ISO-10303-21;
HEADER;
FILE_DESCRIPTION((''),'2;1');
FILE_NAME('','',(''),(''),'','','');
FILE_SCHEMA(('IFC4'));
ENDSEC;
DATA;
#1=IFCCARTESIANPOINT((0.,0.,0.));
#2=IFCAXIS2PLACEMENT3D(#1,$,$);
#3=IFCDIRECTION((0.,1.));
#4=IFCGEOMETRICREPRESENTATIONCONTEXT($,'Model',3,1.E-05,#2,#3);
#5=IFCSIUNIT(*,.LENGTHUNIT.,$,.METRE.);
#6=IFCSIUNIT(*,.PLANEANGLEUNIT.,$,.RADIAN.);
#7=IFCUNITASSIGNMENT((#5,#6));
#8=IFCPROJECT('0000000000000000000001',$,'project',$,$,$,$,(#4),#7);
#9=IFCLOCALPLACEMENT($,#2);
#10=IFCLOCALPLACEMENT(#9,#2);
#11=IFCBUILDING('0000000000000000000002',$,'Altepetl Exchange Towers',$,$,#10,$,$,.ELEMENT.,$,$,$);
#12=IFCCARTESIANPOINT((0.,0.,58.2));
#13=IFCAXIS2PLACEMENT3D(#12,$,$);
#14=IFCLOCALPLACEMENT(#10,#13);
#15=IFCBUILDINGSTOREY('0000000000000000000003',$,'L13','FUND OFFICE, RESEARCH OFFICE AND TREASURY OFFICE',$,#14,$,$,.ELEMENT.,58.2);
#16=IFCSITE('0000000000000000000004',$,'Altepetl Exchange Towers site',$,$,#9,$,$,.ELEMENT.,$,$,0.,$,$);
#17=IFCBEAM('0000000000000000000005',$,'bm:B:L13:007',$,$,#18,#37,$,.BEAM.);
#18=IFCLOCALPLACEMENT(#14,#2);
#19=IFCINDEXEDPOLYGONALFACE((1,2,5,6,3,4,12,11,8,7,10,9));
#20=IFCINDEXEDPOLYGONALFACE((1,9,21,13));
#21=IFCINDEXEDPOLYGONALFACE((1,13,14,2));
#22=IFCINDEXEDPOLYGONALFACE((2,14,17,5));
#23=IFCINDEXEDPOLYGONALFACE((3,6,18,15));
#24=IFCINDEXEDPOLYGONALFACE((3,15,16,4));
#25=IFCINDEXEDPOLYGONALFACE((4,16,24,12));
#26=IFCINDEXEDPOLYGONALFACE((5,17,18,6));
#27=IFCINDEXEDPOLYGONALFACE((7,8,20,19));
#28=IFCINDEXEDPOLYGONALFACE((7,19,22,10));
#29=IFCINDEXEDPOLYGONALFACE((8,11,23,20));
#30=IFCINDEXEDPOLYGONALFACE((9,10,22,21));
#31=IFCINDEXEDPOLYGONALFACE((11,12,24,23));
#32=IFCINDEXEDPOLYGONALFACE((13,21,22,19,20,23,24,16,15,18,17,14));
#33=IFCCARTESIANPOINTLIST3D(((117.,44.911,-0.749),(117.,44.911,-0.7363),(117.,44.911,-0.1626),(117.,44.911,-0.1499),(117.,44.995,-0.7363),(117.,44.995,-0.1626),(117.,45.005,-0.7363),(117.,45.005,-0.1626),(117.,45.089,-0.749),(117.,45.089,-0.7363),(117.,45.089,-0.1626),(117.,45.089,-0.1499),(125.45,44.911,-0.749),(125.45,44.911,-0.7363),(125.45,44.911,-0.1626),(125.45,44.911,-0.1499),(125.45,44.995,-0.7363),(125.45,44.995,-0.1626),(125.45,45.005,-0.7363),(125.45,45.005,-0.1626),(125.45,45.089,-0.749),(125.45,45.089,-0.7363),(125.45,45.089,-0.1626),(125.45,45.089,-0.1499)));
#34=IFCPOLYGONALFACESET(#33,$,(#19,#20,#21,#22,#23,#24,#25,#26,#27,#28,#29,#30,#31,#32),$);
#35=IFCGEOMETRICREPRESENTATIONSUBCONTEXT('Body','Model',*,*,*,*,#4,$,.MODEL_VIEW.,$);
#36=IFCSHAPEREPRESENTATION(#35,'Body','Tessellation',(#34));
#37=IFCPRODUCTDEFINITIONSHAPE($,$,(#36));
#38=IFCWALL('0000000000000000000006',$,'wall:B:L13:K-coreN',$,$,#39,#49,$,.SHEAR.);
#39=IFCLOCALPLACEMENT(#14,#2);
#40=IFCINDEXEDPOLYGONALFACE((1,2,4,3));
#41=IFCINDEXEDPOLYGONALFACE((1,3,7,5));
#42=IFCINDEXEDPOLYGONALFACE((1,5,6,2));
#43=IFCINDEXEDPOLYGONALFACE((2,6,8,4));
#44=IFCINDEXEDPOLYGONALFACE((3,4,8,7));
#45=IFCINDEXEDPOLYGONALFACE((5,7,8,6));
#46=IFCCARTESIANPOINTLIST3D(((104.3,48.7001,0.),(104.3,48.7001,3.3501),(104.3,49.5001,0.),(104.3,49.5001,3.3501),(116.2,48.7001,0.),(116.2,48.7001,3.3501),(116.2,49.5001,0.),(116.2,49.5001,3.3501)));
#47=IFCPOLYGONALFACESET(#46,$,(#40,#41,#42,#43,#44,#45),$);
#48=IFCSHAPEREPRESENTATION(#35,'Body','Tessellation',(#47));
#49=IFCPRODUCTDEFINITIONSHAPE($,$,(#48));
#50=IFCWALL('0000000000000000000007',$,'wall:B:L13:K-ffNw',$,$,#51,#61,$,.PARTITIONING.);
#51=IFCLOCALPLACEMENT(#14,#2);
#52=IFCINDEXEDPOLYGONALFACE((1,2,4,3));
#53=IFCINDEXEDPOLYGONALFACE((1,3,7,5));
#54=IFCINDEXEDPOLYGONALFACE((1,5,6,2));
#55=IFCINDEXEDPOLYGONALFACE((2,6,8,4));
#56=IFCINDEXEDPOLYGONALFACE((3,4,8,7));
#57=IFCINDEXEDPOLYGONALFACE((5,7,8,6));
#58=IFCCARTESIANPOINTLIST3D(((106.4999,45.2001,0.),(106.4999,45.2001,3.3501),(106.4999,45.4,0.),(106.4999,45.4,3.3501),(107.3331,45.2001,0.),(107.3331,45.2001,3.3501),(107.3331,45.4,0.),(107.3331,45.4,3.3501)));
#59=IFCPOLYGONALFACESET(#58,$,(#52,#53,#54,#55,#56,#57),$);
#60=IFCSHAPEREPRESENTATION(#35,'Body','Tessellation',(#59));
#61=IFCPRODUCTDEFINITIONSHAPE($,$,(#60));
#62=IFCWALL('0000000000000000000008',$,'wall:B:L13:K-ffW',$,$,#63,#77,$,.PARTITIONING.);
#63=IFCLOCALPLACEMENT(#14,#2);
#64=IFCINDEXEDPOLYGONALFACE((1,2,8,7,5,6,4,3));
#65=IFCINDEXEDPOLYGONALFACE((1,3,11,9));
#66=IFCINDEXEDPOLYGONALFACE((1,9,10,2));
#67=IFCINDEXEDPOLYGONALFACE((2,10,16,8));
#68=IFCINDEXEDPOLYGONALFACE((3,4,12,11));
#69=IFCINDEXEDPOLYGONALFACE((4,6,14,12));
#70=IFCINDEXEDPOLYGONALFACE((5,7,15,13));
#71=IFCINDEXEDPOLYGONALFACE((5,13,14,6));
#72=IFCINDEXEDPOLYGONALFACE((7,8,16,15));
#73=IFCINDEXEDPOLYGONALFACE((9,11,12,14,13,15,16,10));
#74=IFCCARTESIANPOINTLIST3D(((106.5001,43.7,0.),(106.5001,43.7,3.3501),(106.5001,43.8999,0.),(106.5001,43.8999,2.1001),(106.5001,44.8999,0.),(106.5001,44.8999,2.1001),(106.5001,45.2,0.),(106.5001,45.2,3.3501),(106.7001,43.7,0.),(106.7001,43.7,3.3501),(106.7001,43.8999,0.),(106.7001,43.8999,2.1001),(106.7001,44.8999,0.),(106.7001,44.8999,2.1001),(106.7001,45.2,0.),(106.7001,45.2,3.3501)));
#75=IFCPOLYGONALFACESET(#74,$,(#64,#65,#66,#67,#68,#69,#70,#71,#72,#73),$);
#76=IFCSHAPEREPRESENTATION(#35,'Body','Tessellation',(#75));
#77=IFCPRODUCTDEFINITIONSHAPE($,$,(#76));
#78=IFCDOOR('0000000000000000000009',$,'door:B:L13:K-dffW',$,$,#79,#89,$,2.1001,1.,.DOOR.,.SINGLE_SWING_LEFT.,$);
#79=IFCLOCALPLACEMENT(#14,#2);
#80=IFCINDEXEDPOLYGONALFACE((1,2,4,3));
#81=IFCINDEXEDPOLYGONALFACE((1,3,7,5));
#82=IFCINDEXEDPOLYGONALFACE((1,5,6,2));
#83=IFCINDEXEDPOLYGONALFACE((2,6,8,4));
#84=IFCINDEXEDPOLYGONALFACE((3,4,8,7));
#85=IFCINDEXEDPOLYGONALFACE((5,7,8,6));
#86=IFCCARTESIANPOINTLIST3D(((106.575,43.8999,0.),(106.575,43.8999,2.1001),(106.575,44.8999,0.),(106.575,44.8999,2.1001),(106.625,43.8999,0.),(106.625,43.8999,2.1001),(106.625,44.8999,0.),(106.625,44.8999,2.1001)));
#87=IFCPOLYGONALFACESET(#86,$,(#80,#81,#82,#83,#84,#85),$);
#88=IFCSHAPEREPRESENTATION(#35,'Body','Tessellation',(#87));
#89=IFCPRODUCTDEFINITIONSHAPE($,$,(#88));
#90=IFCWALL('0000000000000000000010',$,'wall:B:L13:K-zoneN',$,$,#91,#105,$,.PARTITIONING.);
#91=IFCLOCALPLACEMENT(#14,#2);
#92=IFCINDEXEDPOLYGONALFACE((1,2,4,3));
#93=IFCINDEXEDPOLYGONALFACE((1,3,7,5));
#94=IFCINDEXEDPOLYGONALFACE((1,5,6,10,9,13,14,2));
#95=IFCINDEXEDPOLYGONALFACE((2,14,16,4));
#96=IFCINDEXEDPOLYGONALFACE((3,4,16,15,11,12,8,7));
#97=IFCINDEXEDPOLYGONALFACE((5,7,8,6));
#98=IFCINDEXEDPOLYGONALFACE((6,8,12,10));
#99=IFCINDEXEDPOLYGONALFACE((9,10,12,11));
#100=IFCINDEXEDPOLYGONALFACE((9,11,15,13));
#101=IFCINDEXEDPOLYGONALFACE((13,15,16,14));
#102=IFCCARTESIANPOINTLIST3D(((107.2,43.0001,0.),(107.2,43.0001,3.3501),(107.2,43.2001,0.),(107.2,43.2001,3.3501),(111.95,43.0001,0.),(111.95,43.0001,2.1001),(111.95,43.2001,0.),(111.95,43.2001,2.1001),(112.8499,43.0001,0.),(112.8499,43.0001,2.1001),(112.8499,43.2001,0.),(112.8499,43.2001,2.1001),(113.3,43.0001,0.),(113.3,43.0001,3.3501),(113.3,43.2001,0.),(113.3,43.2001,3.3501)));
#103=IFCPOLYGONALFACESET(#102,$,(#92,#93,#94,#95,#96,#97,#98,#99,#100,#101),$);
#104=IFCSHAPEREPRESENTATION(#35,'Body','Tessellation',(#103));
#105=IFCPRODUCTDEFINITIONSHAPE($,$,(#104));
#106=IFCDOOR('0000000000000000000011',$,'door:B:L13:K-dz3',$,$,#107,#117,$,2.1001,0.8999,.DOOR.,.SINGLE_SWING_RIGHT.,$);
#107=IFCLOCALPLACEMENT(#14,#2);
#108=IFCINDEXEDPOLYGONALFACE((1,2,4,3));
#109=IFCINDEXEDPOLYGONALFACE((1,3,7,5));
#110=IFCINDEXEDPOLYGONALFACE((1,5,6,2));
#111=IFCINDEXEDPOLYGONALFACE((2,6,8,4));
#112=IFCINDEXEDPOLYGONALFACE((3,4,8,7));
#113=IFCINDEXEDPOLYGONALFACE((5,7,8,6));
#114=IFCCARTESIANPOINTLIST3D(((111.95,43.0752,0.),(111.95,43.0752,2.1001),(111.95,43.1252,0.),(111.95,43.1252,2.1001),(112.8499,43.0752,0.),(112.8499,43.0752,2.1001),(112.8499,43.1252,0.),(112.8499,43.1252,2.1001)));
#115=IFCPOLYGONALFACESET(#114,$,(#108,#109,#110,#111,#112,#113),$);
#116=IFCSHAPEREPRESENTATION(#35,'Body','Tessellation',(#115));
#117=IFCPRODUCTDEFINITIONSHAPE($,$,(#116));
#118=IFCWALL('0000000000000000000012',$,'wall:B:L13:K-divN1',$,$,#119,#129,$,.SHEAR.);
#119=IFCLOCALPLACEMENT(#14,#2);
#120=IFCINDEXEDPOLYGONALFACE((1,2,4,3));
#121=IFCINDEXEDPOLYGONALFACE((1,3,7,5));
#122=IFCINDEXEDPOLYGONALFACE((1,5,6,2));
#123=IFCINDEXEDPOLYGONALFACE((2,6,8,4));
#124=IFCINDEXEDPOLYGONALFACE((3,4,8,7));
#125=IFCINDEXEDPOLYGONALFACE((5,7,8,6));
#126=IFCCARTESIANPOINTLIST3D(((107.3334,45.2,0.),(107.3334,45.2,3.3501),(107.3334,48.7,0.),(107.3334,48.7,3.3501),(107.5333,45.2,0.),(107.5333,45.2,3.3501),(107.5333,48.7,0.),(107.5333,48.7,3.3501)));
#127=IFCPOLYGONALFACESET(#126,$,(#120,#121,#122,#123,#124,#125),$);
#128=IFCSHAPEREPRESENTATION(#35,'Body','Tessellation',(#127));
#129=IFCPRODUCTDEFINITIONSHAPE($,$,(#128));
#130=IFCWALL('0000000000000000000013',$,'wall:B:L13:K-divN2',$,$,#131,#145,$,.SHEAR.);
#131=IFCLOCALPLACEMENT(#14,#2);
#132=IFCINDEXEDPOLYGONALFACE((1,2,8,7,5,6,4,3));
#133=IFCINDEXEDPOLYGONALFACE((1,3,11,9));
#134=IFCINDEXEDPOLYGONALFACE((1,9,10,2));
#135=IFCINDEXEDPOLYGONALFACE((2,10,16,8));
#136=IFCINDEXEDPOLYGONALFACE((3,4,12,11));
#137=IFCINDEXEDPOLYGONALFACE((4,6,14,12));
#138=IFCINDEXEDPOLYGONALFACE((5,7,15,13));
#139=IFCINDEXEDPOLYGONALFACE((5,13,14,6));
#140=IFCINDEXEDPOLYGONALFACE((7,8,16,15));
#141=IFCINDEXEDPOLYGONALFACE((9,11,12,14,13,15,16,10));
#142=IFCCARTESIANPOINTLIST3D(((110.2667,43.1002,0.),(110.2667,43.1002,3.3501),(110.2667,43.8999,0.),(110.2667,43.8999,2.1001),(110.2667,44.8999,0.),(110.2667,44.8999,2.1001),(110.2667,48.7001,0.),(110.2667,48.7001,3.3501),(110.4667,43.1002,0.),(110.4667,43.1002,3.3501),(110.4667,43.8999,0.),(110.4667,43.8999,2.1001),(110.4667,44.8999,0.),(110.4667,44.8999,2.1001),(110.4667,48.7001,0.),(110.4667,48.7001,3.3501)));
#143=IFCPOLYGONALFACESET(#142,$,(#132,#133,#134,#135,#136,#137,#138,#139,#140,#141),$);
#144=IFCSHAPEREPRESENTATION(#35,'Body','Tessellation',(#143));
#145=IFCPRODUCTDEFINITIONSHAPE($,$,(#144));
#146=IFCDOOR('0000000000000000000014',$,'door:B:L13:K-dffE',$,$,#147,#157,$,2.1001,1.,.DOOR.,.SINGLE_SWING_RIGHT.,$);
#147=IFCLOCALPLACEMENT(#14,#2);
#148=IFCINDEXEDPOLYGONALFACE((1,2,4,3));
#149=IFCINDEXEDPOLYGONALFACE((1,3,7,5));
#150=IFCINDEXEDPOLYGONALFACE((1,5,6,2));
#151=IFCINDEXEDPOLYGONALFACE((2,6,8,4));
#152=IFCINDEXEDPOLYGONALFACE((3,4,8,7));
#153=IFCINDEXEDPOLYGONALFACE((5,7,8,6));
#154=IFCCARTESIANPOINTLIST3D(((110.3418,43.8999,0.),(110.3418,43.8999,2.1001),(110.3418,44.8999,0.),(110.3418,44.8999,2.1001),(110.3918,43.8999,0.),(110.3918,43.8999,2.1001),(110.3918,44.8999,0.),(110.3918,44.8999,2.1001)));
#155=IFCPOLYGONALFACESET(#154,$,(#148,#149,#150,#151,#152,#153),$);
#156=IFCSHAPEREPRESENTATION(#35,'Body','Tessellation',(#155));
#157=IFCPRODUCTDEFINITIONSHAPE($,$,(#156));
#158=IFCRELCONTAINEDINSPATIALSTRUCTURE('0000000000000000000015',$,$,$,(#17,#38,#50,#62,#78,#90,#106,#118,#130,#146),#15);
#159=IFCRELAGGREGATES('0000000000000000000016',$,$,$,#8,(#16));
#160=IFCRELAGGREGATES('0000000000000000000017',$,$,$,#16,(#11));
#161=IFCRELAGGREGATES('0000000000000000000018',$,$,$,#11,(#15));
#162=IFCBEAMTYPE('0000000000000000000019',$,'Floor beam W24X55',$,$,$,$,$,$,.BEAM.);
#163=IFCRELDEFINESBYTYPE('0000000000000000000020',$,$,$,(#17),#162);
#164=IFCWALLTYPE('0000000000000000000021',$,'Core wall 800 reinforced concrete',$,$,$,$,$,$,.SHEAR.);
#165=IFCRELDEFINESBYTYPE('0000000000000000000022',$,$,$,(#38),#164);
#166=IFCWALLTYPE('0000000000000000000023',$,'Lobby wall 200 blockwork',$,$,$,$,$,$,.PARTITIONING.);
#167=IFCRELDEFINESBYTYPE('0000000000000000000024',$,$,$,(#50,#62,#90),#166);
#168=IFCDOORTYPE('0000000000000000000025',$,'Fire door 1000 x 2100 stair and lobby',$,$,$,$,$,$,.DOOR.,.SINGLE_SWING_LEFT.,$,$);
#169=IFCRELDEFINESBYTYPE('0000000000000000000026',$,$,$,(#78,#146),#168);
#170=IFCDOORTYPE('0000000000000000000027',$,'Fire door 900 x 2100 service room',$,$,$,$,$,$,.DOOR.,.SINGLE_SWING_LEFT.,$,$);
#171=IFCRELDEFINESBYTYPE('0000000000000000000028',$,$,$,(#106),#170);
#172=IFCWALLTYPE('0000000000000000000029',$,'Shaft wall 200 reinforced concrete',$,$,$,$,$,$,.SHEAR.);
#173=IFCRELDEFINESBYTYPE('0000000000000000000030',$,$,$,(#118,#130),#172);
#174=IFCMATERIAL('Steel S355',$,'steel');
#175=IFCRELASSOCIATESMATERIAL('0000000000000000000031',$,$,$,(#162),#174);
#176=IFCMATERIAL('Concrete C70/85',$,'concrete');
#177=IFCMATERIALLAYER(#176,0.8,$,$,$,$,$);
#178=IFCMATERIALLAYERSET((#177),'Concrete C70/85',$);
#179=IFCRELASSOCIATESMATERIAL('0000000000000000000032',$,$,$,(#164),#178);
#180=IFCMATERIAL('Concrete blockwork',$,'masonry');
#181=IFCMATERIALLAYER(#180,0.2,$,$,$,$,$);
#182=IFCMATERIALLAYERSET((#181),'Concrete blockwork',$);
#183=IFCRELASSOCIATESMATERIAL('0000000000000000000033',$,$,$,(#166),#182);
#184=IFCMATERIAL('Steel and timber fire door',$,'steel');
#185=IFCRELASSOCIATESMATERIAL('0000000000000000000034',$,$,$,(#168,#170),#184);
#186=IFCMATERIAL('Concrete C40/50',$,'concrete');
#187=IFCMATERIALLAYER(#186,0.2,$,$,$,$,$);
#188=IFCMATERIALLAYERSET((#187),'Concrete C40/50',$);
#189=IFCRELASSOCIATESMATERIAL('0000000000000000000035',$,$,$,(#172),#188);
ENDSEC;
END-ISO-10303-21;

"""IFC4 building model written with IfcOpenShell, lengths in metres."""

from ifc_helpers import new_model, si_unit, direction, frame, frame_2d, origin, origin_2d, place, context, subcontext, project, spatial, rectangle, i_section, extrude, material, layer, layer_set, material_profile, profile_set, type_object, element, fill, save


model = new_model("IFC4")

# Units and contexts
model_context = context("Model", 3, precision=1e-05, world=origin(), true_north=direction((0.0, 1.0)))
body_context = subcontext(model_context, "Body", "Model", "MODEL_VIEW")
ifc_project = project(units=[si_unit("LENGTHUNIT", "METRE"), si_unit("PLANEANGLEUNIT", "RADIAN")], contexts=[model_context])

# Site, building, storey
site_placement = place(None, origin())
site = spatial("IfcSite", under=ifc_project, at=site_placement, Name="Altepetl Exchange Towers site", CompositionType="ELEMENT", RefElevation=0.0)
building_placement = place(site_placement, origin())
building = spatial("IfcBuilding", under=site, at=building_placement, Name="Altepetl Exchange Towers", CompositionType="ELEMENT")
storey_placement = place(building_placement, frame((0.0, 0.0, 58.2)))
storey = spatial("IfcBuildingStorey", under=building, at=storey_placement, Name="L13", Description="FUND OFFICE, RESEARCH OFFICE AND TREASURY OFFICE", CompositionType="ELEMENT", Elevation=58.2)

# Beam
ifc_material_1 = material(Name="Steel S355", Category="steel")
ifc_material_profile = material_profile(ifc_material_1, i_section(OverallWidth=0.178, OverallDepth=0.5991, WebThickness=0.01, FlangeThickness=0.0127, at=origin_2d()), Name="W24X55")
ifc_profile_set = profile_set([ifc_material_profile], Name="Steel S355")
beam_type = type_object("IfcBeamType", Name="Floor beam W24X55", PredefinedType="BEAM", material=ifc_profile_set)
beam_placement = place(storey_placement, frame((117.0, 45.0, -0.4495), z_axis=(1.0, 0.0, 0.0), x_axis=(0.0, 1.0, 0.0)))
element("IfcBeam", 1, at=beam_placement, inside=storey, type_object=beam_type, Name="bm:B:L13:007", PredefinedType="BEAM", context=body_context, shape_type="SweptSolid", body=[
    extrude(i_section(OverallWidth=0.178, OverallDepth=0.5991, WebThickness=0.01, FlangeThickness=0.0127, at=origin_2d()), origin(), (0.0, 0.0, 1.0), 8.45),
])

# Walls
ifc_material_2 = material(Name="Concrete C70/85", Category="concrete")
ifc_layer_1 = layer(ifc_material_2, 0.8)
ifc_layer_set_1 = layer_set([ifc_layer_1], Name="Concrete C70/85")
wall_type_1 = type_object("IfcWallType", Name="Core wall 800 reinforced concrete", PredefinedType="SHEAR", material=ifc_layer_set_1)
wall_1_placement = place(storey_placement, frame((104.3, 49.1001, 0.0)))
element("IfcWall", 2, at=wall_1_placement, inside=storey, type_object=wall_type_1, Name="wall:B:L13:K-coreN", PredefinedType="SHEAR", context=body_context, shape_type="SweptSolid", body=[
    extrude(rectangle(XDim=11.8999, YDim=0.8, at=frame_2d((5.95, 0.0))), origin(), (0.0, 0.0, 1.0), 3.3501),
])
ifc_material_3 = material(Name="Concrete blockwork", Category="masonry")
ifc_layer_2 = layer(ifc_material_3, 0.2)
ifc_layer_set_2 = layer_set([ifc_layer_2], Name="Concrete blockwork")
wall_type_2 = type_object("IfcWallType", Name="Lobby wall 200 blockwork", PredefinedType="PARTITIONING", material=ifc_layer_set_2)
wall_2_placement = place(storey_placement, frame((106.5, 45.3, 0.0)))
element("IfcWall", 3, at=wall_2_placement, inside=storey, type_object=wall_type_2, Name="wall:B:L13:K-ffNw", PredefinedType="PARTITIONING", context=body_context, shape_type="SweptSolid", body=[
    extrude(rectangle(XDim=0.8333, YDim=0.2, at=frame_2d((0.4165, 0.0))), origin(), (0.0, 0.0, 1.0), 3.3501),
])

# Walls, openings, doors
wall_3_placement = place(storey_placement, frame((106.6001, 43.7, 0.0), z_axis=(0.0, 0.0, 1.0), x_axis=(0.0, 1.0, 0.0)))
wall_3 = element("IfcWall", 4, at=wall_3_placement, inside=storey, type_object=wall_type_2, Name="wall:B:L13:K-ffW", PredefinedType="PARTITIONING", context=body_context, shape_type="SweptSolid", body=[
    extrude(rectangle(XDim=1.5, YDim=0.2, at=frame_2d((0.75, 0.0))), origin(), (0.0, 0.0, 1.0), 3.3501),
])
opening_1_placement = place(wall_3_placement, frame((0.2, 0.0, 0.0)))
opening_1 = element("IfcOpeningElement", 5, at=opening_1_placement, cuts=wall_3, PredefinedType="OPENING", context=body_context, shape_type="SweptSolid", body=[
    extrude(rectangle(XDim=1.0, YDim=2.1001, at=frame_2d((0.5, 1.05))), frame((0.0, 0.1099, 0.0), z_axis=(0.0, -1.0, 0.0), x_axis=(1.0, 0.0, 0.0)), (0.0, 0.0, 1.0), 0.22),
])
ifc_material_4 = material(Name="Steel and timber fire door", Category="steel")
door_type_1 = type_object("IfcDoorType", Name="Fire door 1000 x 2100 stair and lobby", OperationType="SINGLE_SWING_LEFT", PredefinedType="DOOR", material=ifc_material_4)
door_1_placement = place(opening_1_placement, frame((1.0, 0.0, 0.0), x_axis=(-1.0, 0.0, 0.0)))
door_1 = element("IfcDoor", 6, at=door_1_placement, inside=storey, type_object=door_type_1, Name="door:B:L13:K-dffW", OperationType="SINGLE_SWING_LEFT", OverallHeight=2.1001, OverallWidth=1.0, PredefinedType="DOOR", context=body_context, shape_type="SweptSolid", body=[
    extrude(rectangle(XDim=1.0, YDim=2.1001, at=frame_2d((0.5, 1.05))), frame((0.0, 0.0249, 0.0), z_axis=(0.0, -1.0, 0.0), x_axis=(1.0, 0.0, 0.0)), (0.0, 0.0, 1.0), 0.05),
])
fill(opening_1, door_1)
wall_4_placement = place(storey_placement, frame((107.2, 43.1001, 0.0)))
wall_4 = element("IfcWall", 7, at=wall_4_placement, inside=storey, type_object=wall_type_2, Name="wall:B:L13:K-zoneN", PredefinedType="PARTITIONING", context=body_context, shape_type="SweptSolid", body=[
    extrude(rectangle(XDim=6.1001, YDim=0.2, at=frame_2d((3.05, 0.0))), origin(), (0.0, 0.0, 1.0), 3.3501),
])
opening_2_placement = place(wall_4_placement, frame((4.75, 0.0, 0.0)))
opening_2 = element("IfcOpeningElement", 8, at=opening_2_placement, cuts=wall_4, PredefinedType="OPENING", context=body_context, shape_type="SweptSolid", body=[
    extrude(rectangle(XDim=0.8999, YDim=2.1001, at=frame_2d((0.45, 1.05))), frame((0.0, 0.1099, 0.0), z_axis=(0.0, -1.0, 0.0), x_axis=(1.0, 0.0, 0.0)), (0.0, 0.0, 1.0), 0.22),
])
door_type_2 = type_object("IfcDoorType", Name="Fire door 900 x 2100 service room", OperationType="SINGLE_SWING_LEFT", PredefinedType="DOOR", material=ifc_material_4)
door_2_placement = place(opening_2_placement, frame((0.8999, 0.0, 0.0), x_axis=(-1.0, 0.0, 0.0)))
door_2 = element("IfcDoor", 9, at=door_2_placement, inside=storey, type_object=door_type_2, Name="door:B:L13:K-dz3", OperationType="SINGLE_SWING_RIGHT", OverallHeight=2.1001, OverallWidth=0.8999, PredefinedType="DOOR", context=body_context, shape_type="SweptSolid", body=[
    extrude(rectangle(XDim=0.8999, YDim=2.1001, at=frame_2d((0.45, 1.05))), frame((0.0, 0.0249, 0.0), z_axis=(0.0, -1.0, 0.0), x_axis=(1.0, 0.0, 0.0)), (0.0, 0.0, 1.0), 0.05),
])
fill(opening_2, door_2)

# Wall
ifc_material_5 = material(Name="Concrete C40/50", Category="concrete")
ifc_layer_3 = layer(ifc_material_5, 0.2)
ifc_layer_set_3 = layer_set([ifc_layer_3], Name="Concrete C40/50")
wall_type_3 = type_object("IfcWallType", Name="Shaft wall 200 reinforced concrete", PredefinedType="SHEAR", material=ifc_layer_set_3)
wall_5_placement = place(storey_placement, frame((107.4333, 48.7, 0.0), z_axis=(0.0, 0.0, 1.0), x_axis=(0.0, -1.0, 0.0)))
element("IfcWall", 10, at=wall_5_placement, inside=storey, type_object=wall_type_3, Name="wall:B:L13:K-divN1", PredefinedType="SHEAR", context=body_context, shape_type="SweptSolid", body=[
    extrude(rectangle(XDim=3.5, YDim=0.2, at=frame_2d((1.75, 0.0))), origin(), (0.0, 0.0, 1.0), 3.3501),
])

# Wall, opening, door
wall_6_placement = place(storey_placement, frame((110.3667, 48.7, 0.0), z_axis=(0.0, 0.0, 1.0), x_axis=(0.0, -1.0, 0.0)))
wall_6 = element("IfcWall", 11, at=wall_6_placement, inside=storey, type_object=wall_type_3, Name="wall:B:L13:K-divN2", PredefinedType="SHEAR", context=body_context, shape_type="SweptSolid", body=[
    extrude(rectangle(XDim=5.5999, YDim=0.2, at=frame_2d((2.7998, 0.0))), origin(), (0.0, 0.0, 1.0), 3.3501),
])
opening_3_placement = place(wall_6_placement, frame((3.8, 0.0, 0.0)))
opening_3 = element("IfcOpeningElement", 12, at=opening_3_placement, cuts=wall_6, PredefinedType="OPENING", context=body_context, shape_type="SweptSolid", body=[
    extrude(rectangle(XDim=1.0, YDim=2.1001, at=frame_2d((0.5, 1.05))), frame((0.0, 0.1099, 0.0), z_axis=(0.0, -1.0, 0.0), x_axis=(1.0, 0.0, 0.0)), (0.0, 0.0, 1.0), 0.22),
])
door_3_placement = place(opening_3_placement, frame((1.0, 0.0, 0.0), x_axis=(-1.0, 0.0, 0.0)))
door_3 = element("IfcDoor", 13, at=door_3_placement, inside=storey, type_object=door_type_1, Name="door:B:L13:K-dffE", OperationType="SINGLE_SWING_RIGHT", OverallHeight=2.1001, OverallWidth=1.0, PredefinedType="DOOR", context=body_context, shape_type="SweptSolid", body=[
    extrude(rectangle(XDim=1.0, YDim=2.1001, at=frame_2d((0.5, 1.05))), frame((0.0, 0.0249, 0.0), z_axis=(0.0, -1.0, 0.0), x_axis=(1.0, 0.0, 0.0)), (0.0, 0.0, 1.0), 0.05),
])
fill(opening_3, door_3)

save(model, "model.ifc")
